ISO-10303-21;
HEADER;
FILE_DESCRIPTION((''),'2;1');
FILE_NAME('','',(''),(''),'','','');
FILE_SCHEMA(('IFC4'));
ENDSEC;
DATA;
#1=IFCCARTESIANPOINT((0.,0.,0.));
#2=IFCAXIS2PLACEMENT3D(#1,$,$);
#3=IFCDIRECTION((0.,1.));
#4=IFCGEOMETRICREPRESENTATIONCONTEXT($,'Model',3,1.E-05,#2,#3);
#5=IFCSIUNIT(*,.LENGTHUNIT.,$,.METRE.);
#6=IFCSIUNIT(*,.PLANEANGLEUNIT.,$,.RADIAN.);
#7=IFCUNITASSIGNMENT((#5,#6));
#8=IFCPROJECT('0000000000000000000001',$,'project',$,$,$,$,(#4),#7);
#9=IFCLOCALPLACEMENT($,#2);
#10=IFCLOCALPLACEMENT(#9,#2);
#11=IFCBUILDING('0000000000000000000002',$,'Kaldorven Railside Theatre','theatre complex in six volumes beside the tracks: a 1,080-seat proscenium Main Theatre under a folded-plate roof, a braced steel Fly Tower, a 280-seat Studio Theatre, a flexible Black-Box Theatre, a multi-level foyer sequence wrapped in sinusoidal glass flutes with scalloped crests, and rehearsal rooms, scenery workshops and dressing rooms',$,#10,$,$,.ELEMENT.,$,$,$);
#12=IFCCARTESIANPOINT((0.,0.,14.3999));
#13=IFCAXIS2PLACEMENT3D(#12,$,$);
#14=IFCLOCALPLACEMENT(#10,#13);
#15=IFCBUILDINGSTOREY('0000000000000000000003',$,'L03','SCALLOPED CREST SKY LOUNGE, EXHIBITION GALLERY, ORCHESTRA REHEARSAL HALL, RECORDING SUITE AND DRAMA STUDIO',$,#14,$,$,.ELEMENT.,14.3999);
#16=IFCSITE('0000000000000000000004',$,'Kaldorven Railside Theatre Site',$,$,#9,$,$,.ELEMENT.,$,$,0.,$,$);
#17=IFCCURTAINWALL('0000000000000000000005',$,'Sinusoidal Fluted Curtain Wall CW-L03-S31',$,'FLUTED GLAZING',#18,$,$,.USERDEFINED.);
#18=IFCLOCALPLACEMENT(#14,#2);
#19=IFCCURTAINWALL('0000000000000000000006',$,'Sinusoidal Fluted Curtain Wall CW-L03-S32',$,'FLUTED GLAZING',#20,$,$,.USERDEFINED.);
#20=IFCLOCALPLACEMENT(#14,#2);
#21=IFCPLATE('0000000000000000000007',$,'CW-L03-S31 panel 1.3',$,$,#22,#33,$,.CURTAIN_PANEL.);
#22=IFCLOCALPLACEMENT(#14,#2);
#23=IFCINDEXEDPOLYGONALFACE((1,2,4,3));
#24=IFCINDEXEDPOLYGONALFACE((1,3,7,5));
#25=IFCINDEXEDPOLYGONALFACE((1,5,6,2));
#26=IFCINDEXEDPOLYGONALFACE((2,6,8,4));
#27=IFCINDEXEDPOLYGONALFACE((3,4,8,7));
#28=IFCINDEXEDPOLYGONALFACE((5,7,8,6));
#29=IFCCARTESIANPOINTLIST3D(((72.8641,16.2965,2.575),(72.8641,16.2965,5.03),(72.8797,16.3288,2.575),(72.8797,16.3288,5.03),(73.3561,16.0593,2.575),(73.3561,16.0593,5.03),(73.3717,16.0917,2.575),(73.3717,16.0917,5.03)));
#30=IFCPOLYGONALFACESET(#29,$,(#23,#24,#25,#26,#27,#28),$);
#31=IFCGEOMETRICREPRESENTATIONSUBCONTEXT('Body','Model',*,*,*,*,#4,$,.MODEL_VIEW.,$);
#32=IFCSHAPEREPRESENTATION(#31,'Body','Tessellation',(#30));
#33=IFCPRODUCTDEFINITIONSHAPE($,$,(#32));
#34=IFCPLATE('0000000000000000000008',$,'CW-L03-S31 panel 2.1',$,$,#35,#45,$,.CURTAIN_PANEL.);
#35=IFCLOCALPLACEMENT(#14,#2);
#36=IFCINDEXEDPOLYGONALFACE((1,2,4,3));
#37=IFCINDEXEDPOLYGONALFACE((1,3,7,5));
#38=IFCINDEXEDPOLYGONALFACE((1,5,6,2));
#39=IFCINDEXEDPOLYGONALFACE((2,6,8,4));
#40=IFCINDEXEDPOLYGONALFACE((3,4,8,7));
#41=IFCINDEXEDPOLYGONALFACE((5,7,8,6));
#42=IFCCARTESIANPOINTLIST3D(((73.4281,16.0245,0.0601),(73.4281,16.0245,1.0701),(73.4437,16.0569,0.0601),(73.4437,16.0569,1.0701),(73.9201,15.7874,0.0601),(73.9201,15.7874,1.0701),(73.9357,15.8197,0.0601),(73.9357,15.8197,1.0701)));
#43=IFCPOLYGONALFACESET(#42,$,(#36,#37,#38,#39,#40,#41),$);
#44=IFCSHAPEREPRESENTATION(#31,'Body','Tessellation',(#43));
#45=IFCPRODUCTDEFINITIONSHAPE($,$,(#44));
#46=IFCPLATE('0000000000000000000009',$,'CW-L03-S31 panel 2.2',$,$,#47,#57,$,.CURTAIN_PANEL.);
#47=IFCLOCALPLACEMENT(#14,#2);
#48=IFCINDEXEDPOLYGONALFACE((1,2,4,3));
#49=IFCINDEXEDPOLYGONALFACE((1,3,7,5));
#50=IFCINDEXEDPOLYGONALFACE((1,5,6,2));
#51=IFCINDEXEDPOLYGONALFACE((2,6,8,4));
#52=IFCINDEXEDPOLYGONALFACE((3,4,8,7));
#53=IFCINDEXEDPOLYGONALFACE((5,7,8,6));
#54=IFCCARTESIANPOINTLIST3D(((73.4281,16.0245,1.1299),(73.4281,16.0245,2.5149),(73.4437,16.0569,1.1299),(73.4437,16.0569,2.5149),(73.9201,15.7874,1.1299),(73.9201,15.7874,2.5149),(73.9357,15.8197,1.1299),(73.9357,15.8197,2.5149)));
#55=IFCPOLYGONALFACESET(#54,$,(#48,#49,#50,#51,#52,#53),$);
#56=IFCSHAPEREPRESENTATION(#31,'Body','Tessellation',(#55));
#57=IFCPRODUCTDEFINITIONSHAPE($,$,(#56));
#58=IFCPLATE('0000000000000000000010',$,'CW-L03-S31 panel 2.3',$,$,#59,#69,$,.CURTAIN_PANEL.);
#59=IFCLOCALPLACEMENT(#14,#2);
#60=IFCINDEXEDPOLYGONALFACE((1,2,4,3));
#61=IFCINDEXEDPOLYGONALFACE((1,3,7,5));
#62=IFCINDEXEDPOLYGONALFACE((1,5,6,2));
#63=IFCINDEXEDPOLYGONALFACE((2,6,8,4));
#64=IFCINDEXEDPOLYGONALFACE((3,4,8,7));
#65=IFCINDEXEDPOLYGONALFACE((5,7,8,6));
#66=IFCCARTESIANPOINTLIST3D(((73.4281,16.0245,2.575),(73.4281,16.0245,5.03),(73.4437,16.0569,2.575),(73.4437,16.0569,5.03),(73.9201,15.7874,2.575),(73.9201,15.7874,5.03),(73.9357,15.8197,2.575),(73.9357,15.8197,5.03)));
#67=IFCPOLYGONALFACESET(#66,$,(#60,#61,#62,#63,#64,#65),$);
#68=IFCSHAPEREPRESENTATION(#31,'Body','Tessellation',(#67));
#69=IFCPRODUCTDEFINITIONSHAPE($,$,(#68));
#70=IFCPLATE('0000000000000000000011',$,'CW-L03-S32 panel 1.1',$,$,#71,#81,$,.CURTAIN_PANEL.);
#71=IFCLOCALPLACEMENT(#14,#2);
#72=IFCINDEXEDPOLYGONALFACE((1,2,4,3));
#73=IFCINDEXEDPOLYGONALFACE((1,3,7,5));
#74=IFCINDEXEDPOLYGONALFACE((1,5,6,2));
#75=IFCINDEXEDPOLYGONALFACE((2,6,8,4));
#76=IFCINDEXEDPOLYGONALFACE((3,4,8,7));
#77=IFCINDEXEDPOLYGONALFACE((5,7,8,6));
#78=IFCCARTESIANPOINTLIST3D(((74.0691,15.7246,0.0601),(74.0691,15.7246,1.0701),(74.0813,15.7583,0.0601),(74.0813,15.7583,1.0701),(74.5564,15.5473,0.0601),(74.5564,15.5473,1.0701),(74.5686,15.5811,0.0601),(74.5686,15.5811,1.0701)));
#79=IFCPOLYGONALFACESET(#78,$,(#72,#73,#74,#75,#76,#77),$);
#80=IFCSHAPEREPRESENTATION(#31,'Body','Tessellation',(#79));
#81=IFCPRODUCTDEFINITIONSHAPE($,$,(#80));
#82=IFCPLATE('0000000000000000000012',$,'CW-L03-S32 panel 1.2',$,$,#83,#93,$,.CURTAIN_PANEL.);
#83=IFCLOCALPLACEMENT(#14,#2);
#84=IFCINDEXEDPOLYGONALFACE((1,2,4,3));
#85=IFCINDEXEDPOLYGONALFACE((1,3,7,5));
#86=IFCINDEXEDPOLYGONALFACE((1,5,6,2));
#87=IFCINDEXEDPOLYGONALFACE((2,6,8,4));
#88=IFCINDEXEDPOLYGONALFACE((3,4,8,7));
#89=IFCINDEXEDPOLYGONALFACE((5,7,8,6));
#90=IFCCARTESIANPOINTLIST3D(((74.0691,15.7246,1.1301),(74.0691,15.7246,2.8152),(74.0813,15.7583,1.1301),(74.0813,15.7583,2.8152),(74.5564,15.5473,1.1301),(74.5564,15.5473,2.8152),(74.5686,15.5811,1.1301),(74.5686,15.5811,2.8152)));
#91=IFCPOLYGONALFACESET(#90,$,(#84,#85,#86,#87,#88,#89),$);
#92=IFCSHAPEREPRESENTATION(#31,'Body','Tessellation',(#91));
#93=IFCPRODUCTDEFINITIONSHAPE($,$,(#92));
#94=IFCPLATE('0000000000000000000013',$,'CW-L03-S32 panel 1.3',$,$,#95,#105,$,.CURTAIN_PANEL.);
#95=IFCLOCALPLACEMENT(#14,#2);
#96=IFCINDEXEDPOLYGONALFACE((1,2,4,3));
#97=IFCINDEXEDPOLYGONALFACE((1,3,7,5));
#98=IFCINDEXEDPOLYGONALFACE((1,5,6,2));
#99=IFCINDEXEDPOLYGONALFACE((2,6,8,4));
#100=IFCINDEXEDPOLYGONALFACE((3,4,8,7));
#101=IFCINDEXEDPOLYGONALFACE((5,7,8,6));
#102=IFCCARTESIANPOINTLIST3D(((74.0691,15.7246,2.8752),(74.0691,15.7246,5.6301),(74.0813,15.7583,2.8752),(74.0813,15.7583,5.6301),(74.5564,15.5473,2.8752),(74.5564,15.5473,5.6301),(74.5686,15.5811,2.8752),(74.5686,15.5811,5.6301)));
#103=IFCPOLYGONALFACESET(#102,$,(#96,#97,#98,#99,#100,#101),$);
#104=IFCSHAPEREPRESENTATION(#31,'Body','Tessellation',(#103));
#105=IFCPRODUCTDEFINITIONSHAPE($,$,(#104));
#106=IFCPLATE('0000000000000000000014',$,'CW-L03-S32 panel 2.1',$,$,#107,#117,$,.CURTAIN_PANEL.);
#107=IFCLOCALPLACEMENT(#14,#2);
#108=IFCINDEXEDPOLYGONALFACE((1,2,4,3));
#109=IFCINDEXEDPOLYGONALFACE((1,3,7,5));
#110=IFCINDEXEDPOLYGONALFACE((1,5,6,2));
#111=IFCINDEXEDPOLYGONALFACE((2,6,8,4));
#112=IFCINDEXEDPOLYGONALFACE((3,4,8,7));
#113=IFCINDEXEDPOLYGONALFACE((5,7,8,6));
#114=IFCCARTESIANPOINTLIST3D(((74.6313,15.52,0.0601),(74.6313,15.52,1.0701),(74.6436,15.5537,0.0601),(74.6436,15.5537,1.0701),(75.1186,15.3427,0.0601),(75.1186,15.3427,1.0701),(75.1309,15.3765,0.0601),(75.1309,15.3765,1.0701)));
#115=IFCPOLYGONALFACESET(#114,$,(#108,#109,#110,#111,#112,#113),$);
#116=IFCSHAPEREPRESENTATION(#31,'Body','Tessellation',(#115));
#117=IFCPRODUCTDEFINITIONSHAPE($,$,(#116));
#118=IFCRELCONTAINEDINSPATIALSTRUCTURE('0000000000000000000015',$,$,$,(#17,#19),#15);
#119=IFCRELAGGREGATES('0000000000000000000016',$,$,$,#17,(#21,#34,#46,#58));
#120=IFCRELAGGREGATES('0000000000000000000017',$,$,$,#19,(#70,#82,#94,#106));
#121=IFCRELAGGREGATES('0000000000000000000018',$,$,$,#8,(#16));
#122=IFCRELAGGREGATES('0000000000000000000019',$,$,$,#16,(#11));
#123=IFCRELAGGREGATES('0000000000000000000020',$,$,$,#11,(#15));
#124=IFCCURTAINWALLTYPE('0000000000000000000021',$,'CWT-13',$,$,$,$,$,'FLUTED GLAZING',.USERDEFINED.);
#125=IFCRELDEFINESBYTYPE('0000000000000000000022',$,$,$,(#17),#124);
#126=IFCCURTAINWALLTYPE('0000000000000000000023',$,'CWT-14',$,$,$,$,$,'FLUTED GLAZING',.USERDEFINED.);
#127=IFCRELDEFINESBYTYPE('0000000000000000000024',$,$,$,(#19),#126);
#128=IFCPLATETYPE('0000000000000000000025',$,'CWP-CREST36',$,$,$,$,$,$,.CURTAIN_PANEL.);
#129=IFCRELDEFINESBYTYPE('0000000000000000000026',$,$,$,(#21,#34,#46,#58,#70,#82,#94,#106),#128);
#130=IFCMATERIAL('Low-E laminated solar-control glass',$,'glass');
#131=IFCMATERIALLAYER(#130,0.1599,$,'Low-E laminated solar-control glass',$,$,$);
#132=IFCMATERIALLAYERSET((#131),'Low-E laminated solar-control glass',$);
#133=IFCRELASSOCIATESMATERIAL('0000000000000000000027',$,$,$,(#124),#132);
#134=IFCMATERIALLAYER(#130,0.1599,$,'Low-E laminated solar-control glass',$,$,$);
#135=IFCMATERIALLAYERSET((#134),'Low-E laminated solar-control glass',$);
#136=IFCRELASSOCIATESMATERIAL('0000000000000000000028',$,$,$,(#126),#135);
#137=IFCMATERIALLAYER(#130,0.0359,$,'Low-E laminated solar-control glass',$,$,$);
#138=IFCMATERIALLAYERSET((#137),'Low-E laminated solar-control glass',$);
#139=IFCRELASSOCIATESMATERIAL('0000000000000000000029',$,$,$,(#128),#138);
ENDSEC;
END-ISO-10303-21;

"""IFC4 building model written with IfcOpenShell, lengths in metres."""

from ifc_helpers import new_model, si_unit, direction, frame, origin, origin_2d, place, context, subcontext, project, spatial, rectangle, extrude, material, layer, layer_set, type_object, element, aggregate, save


model = new_model("IFC4")

# Units and contexts
model_context = context("Model", 3, precision=1e-05, world=origin(), true_north=direction((0.0, 1.0)))
body_context = subcontext(model_context, "Body", "Model", "MODEL_VIEW")
ifc_project = project(units=[si_unit("LENGTHUNIT", "METRE"), si_unit("PLANEANGLEUNIT", "RADIAN")], contexts=[model_context])

# Site, building, storey
site_placement = place(None, origin())
site = spatial("IfcSite", under=ifc_project, at=site_placement, Name="Kaldorven Railside Theatre Site", CompositionType="ELEMENT", RefElevation=0.0)
building_placement = place(site_placement, origin())
building = spatial("IfcBuilding", under=site, at=building_placement, Name="Kaldorven Railside Theatre", Description="theatre complex in six volumes beside the tracks: a 1,080-seat proscenium Main Theatre under a folded-plate roof, a braced steel Fly Tower, a 280-seat Studio Theatre, a flexible Black-Box Theatre, a multi-level foyer sequence wrapped in sinusoidal glass flutes with scalloped crests, and rehearsal rooms, scenery workshops and dressing rooms", CompositionType="ELEMENT")
storey_placement = place(building_placement, frame((0.0, 0.0, 14.3999)))
storey = spatial("IfcBuildingStorey", under=building, at=storey_placement, Name="L03", Description="SCALLOPED CREST SKY LOUNGE, EXHIBITION GALLERY, ORCHESTRA REHEARSAL HALL, RECORDING SUITE AND DRAMA STUDIO", CompositionType="ELEMENT", Elevation=14.3999)

# Shared definitions
ifc_material_1 = material(Name="Low-E laminated solar-control glass", Category="glass")
ifc_layer_1 = layer(ifc_material_1, 0.1599, Name="Low-E laminated solar-control glass")
ifc_layer_set_1 = layer_set([ifc_layer_1], Name="Low-E laminated solar-control glass")
curtain_wall_type_1 = type_object("IfcCurtainWallType", Name="CWT-13", ElementType="FLUTED GLAZING", PredefinedType="USERDEFINED", material=ifc_layer_set_1)

# Curtain walls
curtain_wall_1_placement = place(storey_placement, origin())
curtain_wall_1 = element("IfcCurtainWall", 1, at=curtain_wall_1_placement, inside=storey, type_object=curtain_wall_type_1, Name="Sinusoidal Fluted Curtain Wall CW-L03-S31", ObjectType="FLUTED GLAZING", PredefinedType="USERDEFINED")
ifc_layer_2 = layer(ifc_material_1, 0.1599, Name="Low-E laminated solar-control glass")
ifc_layer_set_2 = layer_set([ifc_layer_2], Name="Low-E laminated solar-control glass")
curtain_wall_type_2 = type_object("IfcCurtainWallType", Name="CWT-14", ElementType="FLUTED GLAZING", PredefinedType="USERDEFINED", material=ifc_layer_set_2)
curtain_wall_2_placement = place(storey_placement, origin())
curtain_wall_2 = element("IfcCurtainWall", 2, at=curtain_wall_2_placement, inside=storey, type_object=curtain_wall_type_2, Name="Sinusoidal Fluted Curtain Wall CW-L03-S32", ObjectType="FLUTED GLAZING", PredefinedType="USERDEFINED")

# Plates
ifc_layer_3 = layer(ifc_material_1, 0.0359, Name="Low-E laminated solar-control glass")
ifc_layer_set_3 = layer_set([ifc_layer_3], Name="Low-E laminated solar-control glass")
plate_type = type_object("IfcPlateType", Name="CWP-CREST36", PredefinedType="CURTAIN_PANEL", material=ifc_layer_set_3)
plate_1_placement = place(storey_placement, frame((73.1179, 16.1941, 2.575), z_axis=(0.0, 0.0, 1.0), x_axis=(0.90079, -0.434256, 0.0)))
plate_1 = element("IfcPlate", 3, at=plate_1_placement, type_object=plate_type, Name="CW-L03-S31 panel 1.3", PredefinedType="CURTAIN_PANEL", context=body_context, shape_type="SweptSolid", body=[
    extrude(rectangle(XDim=0.5461, YDim=0.0359, at=origin_2d()), origin(), (0.0, 0.0, 1.0), 2.4551),
])
plate_2_placement = place(storey_placement, frame((73.6819, 15.9221, 0.0601), z_axis=(0.0, 0.0, 1.0), x_axis=(0.90079, -0.434256, 0.0)))
plate_2 = element("IfcPlate", 4, at=plate_2_placement, type_object=plate_type, Name="CW-L03-S31 panel 2.1", PredefinedType="CURTAIN_PANEL", context=body_context, shape_type="SweptSolid", body=[
    extrude(rectangle(XDim=0.5461, YDim=0.0359, at=origin_2d()), origin(), (0.0, 0.0, 1.0), 1.01),
])
plate_3_placement = place(storey_placement, frame((73.6819, 15.9221, 1.1299), z_axis=(0.0, 0.0, 1.0), x_axis=(0.90079, -0.434256, 0.0)))
plate_3 = element("IfcPlate", 5, at=plate_3_placement, type_object=plate_type, Name="CW-L03-S31 panel 2.2", PredefinedType="CURTAIN_PANEL", context=body_context, shape_type="SweptSolid", body=[
    extrude(rectangle(XDim=0.5461, YDim=0.0359, at=origin_2d()), origin(), (0.0, 0.0, 1.0), 1.385),
])
plate_4_placement = place(storey_placement, frame((73.6819, 15.9221, 2.575), z_axis=(0.0, 0.0, 1.0), x_axis=(0.90079, -0.434256, 0.0)))
plate_4 = element("IfcPlate", 6, at=plate_4_placement, type_object=plate_type, Name="CW-L03-S31 panel 2.3", PredefinedType="CURTAIN_PANEL", context=body_context, shape_type="SweptSolid", body=[
    extrude(rectangle(XDim=0.5461, YDim=0.0359, at=origin_2d()), origin(), (0.0, 0.0, 1.0), 2.4551),
])
aggregate(curtain_wall_1, [plate_1, plate_2, plate_3, plate_4])
plate_5_placement = place(storey_placement, frame((74.3188, 15.6528, 0.0601), z_axis=(0.0, 0.0, 1.0), x_axis=(0.939759, -0.341837, 0.0)))
plate_5 = element("IfcPlate", 7, at=plate_5_placement, type_object=plate_type, Name="CW-L03-S32 panel 1.1", PredefinedType="CURTAIN_PANEL", context=body_context, shape_type="SweptSolid", body=[
    extrude(rectangle(XDim=0.5186, YDim=0.0359, at=origin_2d()), origin(), (0.0, 0.0, 1.0), 1.01),
])
plate_6_placement = place(storey_placement, frame((74.3188, 15.6528, 1.1301), z_axis=(0.0, 0.0, 1.0), x_axis=(0.939759, -0.341837, 0.0)))
plate_6 = element("IfcPlate", 8, at=plate_6_placement, type_object=plate_type, Name="CW-L03-S32 panel 1.2", PredefinedType="CURTAIN_PANEL", context=body_context, shape_type="SweptSolid", body=[
    extrude(rectangle(XDim=0.5186, YDim=0.0359, at=origin_2d()), origin(), (0.0, 0.0, 1.0), 1.6851),
])
plate_7_placement = place(storey_placement, frame((74.3188, 15.6528, 2.8752), z_axis=(0.0, 0.0, 1.0), x_axis=(0.939759, -0.341837, 0.0)))
plate_7 = element("IfcPlate", 9, at=plate_7_placement, type_object=plate_type, Name="CW-L03-S32 panel 1.3", PredefinedType="CURTAIN_PANEL", context=body_context, shape_type="SweptSolid", body=[
    extrude(rectangle(XDim=0.5186, YDim=0.0359, at=origin_2d()), origin(), (0.0, 0.0, 1.0), 2.7549),
])
plate_8_placement = place(storey_placement, frame((74.8811, 15.4482, 0.0601), z_axis=(0.0, 0.0, 1.0), x_axis=(0.939759, -0.341837, 0.0)))
plate_8 = element("IfcPlate", 10, at=plate_8_placement, type_object=plate_type, Name="CW-L03-S32 panel 2.1", PredefinedType="CURTAIN_PANEL", context=body_context, shape_type="SweptSolid", body=[
    extrude(rectangle(XDim=0.5186, YDim=0.0359, at=origin_2d()), origin(), (0.0, 0.0, 1.0), 1.01),
])
aggregate(curtain_wall_2, [plate_5, plate_6, plate_7, plate_8])

save(model, "model.ifc")
